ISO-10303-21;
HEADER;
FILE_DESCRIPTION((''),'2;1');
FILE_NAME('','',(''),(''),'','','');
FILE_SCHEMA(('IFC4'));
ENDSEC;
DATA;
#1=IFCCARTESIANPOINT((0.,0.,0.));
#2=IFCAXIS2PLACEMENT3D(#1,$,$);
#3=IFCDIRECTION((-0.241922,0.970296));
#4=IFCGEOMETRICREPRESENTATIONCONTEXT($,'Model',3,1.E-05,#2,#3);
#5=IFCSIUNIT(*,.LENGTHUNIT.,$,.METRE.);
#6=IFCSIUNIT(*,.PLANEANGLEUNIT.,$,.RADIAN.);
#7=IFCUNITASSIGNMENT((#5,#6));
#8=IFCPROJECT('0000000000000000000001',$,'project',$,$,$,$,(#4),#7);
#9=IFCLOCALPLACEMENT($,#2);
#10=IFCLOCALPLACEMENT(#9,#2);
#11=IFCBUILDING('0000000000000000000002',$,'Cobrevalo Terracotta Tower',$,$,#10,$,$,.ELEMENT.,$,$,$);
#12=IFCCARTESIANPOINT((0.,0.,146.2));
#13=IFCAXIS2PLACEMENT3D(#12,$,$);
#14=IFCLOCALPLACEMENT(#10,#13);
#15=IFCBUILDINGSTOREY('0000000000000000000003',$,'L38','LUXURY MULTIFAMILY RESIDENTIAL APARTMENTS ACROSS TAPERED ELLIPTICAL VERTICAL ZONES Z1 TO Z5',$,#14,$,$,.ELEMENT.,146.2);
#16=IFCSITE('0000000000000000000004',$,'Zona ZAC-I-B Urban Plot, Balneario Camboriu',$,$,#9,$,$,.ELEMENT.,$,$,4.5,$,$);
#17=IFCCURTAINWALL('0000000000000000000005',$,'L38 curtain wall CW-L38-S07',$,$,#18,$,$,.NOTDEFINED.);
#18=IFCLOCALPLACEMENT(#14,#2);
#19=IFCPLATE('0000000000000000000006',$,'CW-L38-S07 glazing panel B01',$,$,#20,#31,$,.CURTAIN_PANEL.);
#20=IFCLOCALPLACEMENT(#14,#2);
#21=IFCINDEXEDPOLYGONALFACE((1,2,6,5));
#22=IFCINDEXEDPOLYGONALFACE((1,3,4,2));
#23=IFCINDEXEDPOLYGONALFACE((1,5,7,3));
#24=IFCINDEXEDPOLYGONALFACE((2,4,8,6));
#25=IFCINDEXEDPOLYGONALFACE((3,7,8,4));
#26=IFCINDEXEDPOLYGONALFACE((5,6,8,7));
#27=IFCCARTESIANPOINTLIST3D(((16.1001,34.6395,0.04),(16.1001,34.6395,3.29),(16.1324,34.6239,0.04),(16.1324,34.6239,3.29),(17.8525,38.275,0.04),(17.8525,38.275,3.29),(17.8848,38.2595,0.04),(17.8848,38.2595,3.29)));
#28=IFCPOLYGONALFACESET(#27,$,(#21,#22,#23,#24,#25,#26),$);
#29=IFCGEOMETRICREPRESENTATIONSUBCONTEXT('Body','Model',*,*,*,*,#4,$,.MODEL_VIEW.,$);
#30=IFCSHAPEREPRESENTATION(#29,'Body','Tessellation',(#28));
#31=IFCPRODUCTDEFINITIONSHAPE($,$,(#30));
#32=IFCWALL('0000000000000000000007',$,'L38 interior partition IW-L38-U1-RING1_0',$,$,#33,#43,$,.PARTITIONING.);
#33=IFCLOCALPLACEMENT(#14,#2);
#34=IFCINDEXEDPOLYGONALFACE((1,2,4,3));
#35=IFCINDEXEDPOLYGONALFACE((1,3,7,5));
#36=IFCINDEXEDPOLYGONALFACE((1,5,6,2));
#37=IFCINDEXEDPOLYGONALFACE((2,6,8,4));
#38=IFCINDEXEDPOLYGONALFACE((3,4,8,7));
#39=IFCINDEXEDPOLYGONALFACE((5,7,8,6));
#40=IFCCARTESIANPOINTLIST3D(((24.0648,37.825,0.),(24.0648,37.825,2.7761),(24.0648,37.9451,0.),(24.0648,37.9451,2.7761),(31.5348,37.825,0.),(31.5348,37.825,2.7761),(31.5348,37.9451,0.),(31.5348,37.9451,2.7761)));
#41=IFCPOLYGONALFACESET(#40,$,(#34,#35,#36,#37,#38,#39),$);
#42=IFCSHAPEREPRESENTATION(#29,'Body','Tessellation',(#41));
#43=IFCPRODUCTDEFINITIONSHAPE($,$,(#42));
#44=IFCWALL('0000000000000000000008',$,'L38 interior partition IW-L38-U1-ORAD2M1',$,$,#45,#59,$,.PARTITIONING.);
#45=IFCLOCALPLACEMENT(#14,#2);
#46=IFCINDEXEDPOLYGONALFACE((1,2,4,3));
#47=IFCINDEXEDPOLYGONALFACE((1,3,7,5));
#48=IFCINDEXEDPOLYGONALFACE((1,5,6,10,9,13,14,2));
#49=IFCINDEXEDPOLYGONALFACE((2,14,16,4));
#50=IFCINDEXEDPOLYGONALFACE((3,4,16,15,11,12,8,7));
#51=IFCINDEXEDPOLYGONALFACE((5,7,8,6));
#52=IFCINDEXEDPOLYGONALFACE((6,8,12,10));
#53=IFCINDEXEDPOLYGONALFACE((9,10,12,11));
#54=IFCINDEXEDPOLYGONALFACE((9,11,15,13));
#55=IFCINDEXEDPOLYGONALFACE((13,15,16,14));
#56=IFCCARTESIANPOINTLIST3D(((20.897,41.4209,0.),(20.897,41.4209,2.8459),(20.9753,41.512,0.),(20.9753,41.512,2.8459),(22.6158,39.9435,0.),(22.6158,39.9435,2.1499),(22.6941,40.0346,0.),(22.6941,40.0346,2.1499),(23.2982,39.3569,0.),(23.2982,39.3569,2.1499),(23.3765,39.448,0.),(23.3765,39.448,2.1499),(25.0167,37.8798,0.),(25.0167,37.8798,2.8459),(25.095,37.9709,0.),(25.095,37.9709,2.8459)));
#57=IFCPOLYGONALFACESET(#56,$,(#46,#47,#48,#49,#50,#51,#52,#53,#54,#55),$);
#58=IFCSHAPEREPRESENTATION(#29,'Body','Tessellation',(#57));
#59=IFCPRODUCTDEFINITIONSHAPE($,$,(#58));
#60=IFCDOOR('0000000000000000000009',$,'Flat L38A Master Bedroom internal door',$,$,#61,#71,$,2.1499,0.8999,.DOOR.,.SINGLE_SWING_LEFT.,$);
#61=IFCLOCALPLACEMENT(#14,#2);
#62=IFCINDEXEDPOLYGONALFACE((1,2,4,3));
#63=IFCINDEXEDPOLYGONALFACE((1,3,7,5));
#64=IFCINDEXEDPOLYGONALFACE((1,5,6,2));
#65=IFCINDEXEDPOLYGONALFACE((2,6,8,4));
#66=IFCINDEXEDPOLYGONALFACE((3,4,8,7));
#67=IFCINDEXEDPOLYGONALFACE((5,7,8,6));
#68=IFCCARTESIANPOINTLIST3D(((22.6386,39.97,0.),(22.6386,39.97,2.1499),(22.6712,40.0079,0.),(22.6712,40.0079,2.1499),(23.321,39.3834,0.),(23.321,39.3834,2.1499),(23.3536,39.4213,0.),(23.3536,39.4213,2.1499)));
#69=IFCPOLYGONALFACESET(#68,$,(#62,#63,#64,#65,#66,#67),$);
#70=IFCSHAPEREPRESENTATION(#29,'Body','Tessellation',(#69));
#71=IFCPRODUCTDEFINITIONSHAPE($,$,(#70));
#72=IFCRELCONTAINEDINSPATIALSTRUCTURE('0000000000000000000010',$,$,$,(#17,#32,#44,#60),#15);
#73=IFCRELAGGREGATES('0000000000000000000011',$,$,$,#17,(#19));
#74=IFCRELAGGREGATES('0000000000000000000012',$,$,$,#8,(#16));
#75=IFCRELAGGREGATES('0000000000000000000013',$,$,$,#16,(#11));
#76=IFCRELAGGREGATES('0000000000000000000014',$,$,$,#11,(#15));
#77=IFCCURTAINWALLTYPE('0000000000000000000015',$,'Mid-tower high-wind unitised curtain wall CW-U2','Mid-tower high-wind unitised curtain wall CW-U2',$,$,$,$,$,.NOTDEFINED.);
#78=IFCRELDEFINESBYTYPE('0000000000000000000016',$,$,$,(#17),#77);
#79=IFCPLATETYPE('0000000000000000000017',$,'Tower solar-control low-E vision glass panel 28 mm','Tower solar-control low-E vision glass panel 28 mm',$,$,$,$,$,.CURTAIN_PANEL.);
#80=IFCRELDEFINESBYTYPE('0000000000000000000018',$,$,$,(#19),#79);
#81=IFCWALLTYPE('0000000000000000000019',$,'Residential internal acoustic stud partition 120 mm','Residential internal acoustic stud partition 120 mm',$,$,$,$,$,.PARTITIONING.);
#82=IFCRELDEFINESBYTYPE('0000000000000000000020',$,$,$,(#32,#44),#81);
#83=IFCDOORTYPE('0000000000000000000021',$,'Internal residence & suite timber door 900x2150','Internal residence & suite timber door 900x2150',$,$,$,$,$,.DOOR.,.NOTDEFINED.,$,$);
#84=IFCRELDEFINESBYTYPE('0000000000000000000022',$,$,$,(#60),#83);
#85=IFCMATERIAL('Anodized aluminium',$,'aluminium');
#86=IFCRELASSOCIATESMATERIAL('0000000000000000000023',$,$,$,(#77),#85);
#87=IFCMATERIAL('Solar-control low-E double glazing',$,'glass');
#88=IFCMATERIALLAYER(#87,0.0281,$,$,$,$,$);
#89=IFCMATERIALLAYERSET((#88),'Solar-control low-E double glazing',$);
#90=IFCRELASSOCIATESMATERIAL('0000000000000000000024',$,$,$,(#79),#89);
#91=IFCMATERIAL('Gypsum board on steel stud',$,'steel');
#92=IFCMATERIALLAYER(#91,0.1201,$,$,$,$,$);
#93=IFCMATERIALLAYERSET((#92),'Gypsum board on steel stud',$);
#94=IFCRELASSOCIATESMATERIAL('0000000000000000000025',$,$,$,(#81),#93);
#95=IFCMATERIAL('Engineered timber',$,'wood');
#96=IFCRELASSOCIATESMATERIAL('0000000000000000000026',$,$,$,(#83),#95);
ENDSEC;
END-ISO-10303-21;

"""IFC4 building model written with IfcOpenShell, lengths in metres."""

from ifc_helpers import new_model, si_unit, direction, frame, frame_2d, origin, origin_2d, place, context, subcontext, project, spatial, rectangle, extrude, source, transform, mapped, material, layer, layer_set, type_object, element, fill, aggregate, save


model = new_model("IFC4")

# Units and contexts
model_context = context("Model", 3, precision=1e-05, world=origin(), true_north=direction((-0.241922, 0.970296)))
body_context = subcontext(model_context, "Body", "Model", "MODEL_VIEW")
ifc_project = project(units=[si_unit("LENGTHUNIT", "METRE"), si_unit("PLANEANGLEUNIT", "RADIAN")], contexts=[model_context])

# Site, building, storey
site_placement = place(None, origin())
site = spatial("IfcSite", under=ifc_project, at=site_placement, Name="Zona ZAC-I-B Urban Plot, Balneario Camboriu", CompositionType="ELEMENT", RefElevation=4.5)
building_placement = place(site_placement, origin())
building = spatial("IfcBuilding", under=site, at=building_placement, Name="Cobrevalo Terracotta Tower", CompositionType="ELEMENT")
storey_placement = place(building_placement, frame((0.0, 0.0, 146.2)))
storey = spatial("IfcBuildingStorey", under=building, at=storey_placement, Name="L38", Description="LUXURY MULTIFAMILY RESIDENTIAL APARTMENTS ACROSS TAPERED ELLIPTICAL VERTICAL ZONES Z1 TO Z5", CompositionType="ELEMENT", Elevation=146.2)

# Shared definitions
ifc_material_1 = material(Name="Anodized aluminium", Category="aluminium")
curtain_wall_type = type_object("IfcCurtainWallType", Name="Mid-tower high-wind unitised curtain wall CW-U2", Description="Mid-tower high-wind unitised curtain wall CW-U2", PredefinedType="NOTDEFINED", material=ifc_material_1)

# Curtain wall
curtain_wall_1_placement = place(storey_placement, origin())
curtain_wall_1 = element("IfcCurtainWall", 1, at=curtain_wall_1_placement, inside=storey, type_object=curtain_wall_type, Name="L38 curtain wall CW-L38-S07", PredefinedType="NOTDEFINED")

# Plate
ifc_material_2 = material(Name="Solar-control low-E double glazing", Category="glass")
ifc_layer_1 = layer(ifc_material_2, 0.0281)
ifc_layer_set_1 = layer_set([ifc_layer_1], Name="Solar-control low-E double glazing")
plate_type = type_object("IfcPlateType", Name="Tower solar-control low-E vision glass panel 28 mm", Description="Tower solar-control low-E vision glass panel 28 mm", PredefinedType="CURTAIN_PANEL", material=ifc_layer_set_1)
shared_shape_1 = source(origin(), body_context, "Body", "SweptSolid", [
    extrude(rectangle(XDim=4.0359, YDim=0.0359, at=origin_2d()), origin(), (0.0, 0.0, 1.0), 3.25),
])
plate_1_placement = place(storey_placement, frame((16.9924, 36.4495, 0.04), z_axis=(0.0, 0.0, 1.0), x_axis=(-0.434209, -0.900812, 0.0)))
plate_1 = element("IfcPlate", 2, at=plate_1_placement, type_object=plate_type, Name="CW-L38-S07 glazing panel B01", PredefinedType="CURTAIN_PANEL", context=body_context, shape_type="MappedRepresentation", body=[
    mapped(shared_shape_1, transform((0.0, 0.0, 0.0), scale=1.0)),
])
aggregate(curtain_wall_1, [plate_1])

# Wall
ifc_material_3 = material(Name="Gypsum board on steel stud", Category="steel")
ifc_layer_2 = layer(ifc_material_3, 0.1201)
ifc_layer_set_2 = layer_set([ifc_layer_2], Name="Gypsum board on steel stud")
wall_type = type_object("IfcWallType", Name="Residential internal acoustic stud partition 120 mm", Description="Residential internal acoustic stud partition 120 mm", PredefinedType="PARTITIONING", material=ifc_layer_set_2)
wall_1_placement = place(storey_placement, frame((24.0649, 37.885, 0.0), z_axis=(0.0, 0.0, 1.0), x_axis=(1.0, 0.0, 0.0)))
element("IfcWall", 3, at=wall_1_placement, inside=storey, type_object=wall_type, Name="L38 interior partition IW-L38-U1-RING1_0", PredefinedType="PARTITIONING", context=body_context, shape_type="SweptSolid", body=[
    extrude(rectangle(XDim=7.47, YDim=0.1201, at=frame_2d((3.7349, 0.0))), origin(), (0.0, 0.0, 1.0), 2.7761),
])

# Wall, opening, door
wall_2_placement = place(storey_placement, frame((25.0559, 37.9253, 0.0), z_axis=(0.0, 0.0, 1.0), x_axis=(-0.758355, 0.651842, 0.0)))
wall_2 = element("IfcWall", 4, at=wall_2_placement, inside=storey, type_object=wall_type, Name="L38 interior partition IW-L38-U1-ORAD2M1", PredefinedType="PARTITIONING", context=body_context, shape_type="SweptSolid", body=[
    extrude(rectangle(XDim=5.4324, YDim=0.1201, at=frame_2d((2.7163, 0.0))), origin(), (0.0, 0.0, 1.0), 2.8459),
])
opening_placement = place(wall_2_placement, frame((2.2661, 0.0, 0.0)))
opening = element("IfcOpeningElement", 5, at=opening_placement, cuts=wall_2, PredefinedType="OPENING", context=body_context, shape_type="SweptSolid", body=[
    extrude(rectangle(XDim=0.8999, YDim=2.1499, at=frame_2d((0.45, 1.075))), frame((0.0, 0.0701, 0.0), z_axis=(0.0, -1.0, 0.0), x_axis=(1.0, 0.0, 0.0)), (0.0, 0.0, 1.0), 0.1401),
])
ifc_material_4 = material(Name="Engineered timber", Category="wood")
door_type = type_object("IfcDoorType", Name="Internal residence & suite timber door 900x2150", Description="Internal residence & suite timber door 900x2150", OperationType="NOTDEFINED", PredefinedType="DOOR", material=ifc_material_4)
shared_shape_2 = source(origin(), body_context, "Body", "SweptSolid", [
    extrude(rectangle(XDim=0.8999, YDim=2.1499, at=frame_2d((0.45, 1.075))), frame((0.0, 0.0249, 0.0), z_axis=(0.0, -1.0, 0.0), x_axis=(1.0, 0.0, 0.0)), (0.0, 0.0, 1.0), 0.05),
])
door_placement = place(opening_placement, frame((0.8999, 0.0, 0.0), z_axis=(0.0, 0.0, 1.0), x_axis=(-1.0, 0.0, 0.0)))
door = element("IfcDoor", 6, at=door_placement, inside=storey, type_object=door_type, Name="Flat L38A Master Bedroom internal door", OperationType="SINGLE_SWING_LEFT", OverallHeight=2.1499, OverallWidth=0.8999, PredefinedType="DOOR", context=body_context, shape_type="MappedRepresentation", body=[
    mapped(shared_shape_2, transform((0.0, 0.0, 0.0), scale=1.0)),
])
fill(opening, door)

save(model, "model.ifc")
